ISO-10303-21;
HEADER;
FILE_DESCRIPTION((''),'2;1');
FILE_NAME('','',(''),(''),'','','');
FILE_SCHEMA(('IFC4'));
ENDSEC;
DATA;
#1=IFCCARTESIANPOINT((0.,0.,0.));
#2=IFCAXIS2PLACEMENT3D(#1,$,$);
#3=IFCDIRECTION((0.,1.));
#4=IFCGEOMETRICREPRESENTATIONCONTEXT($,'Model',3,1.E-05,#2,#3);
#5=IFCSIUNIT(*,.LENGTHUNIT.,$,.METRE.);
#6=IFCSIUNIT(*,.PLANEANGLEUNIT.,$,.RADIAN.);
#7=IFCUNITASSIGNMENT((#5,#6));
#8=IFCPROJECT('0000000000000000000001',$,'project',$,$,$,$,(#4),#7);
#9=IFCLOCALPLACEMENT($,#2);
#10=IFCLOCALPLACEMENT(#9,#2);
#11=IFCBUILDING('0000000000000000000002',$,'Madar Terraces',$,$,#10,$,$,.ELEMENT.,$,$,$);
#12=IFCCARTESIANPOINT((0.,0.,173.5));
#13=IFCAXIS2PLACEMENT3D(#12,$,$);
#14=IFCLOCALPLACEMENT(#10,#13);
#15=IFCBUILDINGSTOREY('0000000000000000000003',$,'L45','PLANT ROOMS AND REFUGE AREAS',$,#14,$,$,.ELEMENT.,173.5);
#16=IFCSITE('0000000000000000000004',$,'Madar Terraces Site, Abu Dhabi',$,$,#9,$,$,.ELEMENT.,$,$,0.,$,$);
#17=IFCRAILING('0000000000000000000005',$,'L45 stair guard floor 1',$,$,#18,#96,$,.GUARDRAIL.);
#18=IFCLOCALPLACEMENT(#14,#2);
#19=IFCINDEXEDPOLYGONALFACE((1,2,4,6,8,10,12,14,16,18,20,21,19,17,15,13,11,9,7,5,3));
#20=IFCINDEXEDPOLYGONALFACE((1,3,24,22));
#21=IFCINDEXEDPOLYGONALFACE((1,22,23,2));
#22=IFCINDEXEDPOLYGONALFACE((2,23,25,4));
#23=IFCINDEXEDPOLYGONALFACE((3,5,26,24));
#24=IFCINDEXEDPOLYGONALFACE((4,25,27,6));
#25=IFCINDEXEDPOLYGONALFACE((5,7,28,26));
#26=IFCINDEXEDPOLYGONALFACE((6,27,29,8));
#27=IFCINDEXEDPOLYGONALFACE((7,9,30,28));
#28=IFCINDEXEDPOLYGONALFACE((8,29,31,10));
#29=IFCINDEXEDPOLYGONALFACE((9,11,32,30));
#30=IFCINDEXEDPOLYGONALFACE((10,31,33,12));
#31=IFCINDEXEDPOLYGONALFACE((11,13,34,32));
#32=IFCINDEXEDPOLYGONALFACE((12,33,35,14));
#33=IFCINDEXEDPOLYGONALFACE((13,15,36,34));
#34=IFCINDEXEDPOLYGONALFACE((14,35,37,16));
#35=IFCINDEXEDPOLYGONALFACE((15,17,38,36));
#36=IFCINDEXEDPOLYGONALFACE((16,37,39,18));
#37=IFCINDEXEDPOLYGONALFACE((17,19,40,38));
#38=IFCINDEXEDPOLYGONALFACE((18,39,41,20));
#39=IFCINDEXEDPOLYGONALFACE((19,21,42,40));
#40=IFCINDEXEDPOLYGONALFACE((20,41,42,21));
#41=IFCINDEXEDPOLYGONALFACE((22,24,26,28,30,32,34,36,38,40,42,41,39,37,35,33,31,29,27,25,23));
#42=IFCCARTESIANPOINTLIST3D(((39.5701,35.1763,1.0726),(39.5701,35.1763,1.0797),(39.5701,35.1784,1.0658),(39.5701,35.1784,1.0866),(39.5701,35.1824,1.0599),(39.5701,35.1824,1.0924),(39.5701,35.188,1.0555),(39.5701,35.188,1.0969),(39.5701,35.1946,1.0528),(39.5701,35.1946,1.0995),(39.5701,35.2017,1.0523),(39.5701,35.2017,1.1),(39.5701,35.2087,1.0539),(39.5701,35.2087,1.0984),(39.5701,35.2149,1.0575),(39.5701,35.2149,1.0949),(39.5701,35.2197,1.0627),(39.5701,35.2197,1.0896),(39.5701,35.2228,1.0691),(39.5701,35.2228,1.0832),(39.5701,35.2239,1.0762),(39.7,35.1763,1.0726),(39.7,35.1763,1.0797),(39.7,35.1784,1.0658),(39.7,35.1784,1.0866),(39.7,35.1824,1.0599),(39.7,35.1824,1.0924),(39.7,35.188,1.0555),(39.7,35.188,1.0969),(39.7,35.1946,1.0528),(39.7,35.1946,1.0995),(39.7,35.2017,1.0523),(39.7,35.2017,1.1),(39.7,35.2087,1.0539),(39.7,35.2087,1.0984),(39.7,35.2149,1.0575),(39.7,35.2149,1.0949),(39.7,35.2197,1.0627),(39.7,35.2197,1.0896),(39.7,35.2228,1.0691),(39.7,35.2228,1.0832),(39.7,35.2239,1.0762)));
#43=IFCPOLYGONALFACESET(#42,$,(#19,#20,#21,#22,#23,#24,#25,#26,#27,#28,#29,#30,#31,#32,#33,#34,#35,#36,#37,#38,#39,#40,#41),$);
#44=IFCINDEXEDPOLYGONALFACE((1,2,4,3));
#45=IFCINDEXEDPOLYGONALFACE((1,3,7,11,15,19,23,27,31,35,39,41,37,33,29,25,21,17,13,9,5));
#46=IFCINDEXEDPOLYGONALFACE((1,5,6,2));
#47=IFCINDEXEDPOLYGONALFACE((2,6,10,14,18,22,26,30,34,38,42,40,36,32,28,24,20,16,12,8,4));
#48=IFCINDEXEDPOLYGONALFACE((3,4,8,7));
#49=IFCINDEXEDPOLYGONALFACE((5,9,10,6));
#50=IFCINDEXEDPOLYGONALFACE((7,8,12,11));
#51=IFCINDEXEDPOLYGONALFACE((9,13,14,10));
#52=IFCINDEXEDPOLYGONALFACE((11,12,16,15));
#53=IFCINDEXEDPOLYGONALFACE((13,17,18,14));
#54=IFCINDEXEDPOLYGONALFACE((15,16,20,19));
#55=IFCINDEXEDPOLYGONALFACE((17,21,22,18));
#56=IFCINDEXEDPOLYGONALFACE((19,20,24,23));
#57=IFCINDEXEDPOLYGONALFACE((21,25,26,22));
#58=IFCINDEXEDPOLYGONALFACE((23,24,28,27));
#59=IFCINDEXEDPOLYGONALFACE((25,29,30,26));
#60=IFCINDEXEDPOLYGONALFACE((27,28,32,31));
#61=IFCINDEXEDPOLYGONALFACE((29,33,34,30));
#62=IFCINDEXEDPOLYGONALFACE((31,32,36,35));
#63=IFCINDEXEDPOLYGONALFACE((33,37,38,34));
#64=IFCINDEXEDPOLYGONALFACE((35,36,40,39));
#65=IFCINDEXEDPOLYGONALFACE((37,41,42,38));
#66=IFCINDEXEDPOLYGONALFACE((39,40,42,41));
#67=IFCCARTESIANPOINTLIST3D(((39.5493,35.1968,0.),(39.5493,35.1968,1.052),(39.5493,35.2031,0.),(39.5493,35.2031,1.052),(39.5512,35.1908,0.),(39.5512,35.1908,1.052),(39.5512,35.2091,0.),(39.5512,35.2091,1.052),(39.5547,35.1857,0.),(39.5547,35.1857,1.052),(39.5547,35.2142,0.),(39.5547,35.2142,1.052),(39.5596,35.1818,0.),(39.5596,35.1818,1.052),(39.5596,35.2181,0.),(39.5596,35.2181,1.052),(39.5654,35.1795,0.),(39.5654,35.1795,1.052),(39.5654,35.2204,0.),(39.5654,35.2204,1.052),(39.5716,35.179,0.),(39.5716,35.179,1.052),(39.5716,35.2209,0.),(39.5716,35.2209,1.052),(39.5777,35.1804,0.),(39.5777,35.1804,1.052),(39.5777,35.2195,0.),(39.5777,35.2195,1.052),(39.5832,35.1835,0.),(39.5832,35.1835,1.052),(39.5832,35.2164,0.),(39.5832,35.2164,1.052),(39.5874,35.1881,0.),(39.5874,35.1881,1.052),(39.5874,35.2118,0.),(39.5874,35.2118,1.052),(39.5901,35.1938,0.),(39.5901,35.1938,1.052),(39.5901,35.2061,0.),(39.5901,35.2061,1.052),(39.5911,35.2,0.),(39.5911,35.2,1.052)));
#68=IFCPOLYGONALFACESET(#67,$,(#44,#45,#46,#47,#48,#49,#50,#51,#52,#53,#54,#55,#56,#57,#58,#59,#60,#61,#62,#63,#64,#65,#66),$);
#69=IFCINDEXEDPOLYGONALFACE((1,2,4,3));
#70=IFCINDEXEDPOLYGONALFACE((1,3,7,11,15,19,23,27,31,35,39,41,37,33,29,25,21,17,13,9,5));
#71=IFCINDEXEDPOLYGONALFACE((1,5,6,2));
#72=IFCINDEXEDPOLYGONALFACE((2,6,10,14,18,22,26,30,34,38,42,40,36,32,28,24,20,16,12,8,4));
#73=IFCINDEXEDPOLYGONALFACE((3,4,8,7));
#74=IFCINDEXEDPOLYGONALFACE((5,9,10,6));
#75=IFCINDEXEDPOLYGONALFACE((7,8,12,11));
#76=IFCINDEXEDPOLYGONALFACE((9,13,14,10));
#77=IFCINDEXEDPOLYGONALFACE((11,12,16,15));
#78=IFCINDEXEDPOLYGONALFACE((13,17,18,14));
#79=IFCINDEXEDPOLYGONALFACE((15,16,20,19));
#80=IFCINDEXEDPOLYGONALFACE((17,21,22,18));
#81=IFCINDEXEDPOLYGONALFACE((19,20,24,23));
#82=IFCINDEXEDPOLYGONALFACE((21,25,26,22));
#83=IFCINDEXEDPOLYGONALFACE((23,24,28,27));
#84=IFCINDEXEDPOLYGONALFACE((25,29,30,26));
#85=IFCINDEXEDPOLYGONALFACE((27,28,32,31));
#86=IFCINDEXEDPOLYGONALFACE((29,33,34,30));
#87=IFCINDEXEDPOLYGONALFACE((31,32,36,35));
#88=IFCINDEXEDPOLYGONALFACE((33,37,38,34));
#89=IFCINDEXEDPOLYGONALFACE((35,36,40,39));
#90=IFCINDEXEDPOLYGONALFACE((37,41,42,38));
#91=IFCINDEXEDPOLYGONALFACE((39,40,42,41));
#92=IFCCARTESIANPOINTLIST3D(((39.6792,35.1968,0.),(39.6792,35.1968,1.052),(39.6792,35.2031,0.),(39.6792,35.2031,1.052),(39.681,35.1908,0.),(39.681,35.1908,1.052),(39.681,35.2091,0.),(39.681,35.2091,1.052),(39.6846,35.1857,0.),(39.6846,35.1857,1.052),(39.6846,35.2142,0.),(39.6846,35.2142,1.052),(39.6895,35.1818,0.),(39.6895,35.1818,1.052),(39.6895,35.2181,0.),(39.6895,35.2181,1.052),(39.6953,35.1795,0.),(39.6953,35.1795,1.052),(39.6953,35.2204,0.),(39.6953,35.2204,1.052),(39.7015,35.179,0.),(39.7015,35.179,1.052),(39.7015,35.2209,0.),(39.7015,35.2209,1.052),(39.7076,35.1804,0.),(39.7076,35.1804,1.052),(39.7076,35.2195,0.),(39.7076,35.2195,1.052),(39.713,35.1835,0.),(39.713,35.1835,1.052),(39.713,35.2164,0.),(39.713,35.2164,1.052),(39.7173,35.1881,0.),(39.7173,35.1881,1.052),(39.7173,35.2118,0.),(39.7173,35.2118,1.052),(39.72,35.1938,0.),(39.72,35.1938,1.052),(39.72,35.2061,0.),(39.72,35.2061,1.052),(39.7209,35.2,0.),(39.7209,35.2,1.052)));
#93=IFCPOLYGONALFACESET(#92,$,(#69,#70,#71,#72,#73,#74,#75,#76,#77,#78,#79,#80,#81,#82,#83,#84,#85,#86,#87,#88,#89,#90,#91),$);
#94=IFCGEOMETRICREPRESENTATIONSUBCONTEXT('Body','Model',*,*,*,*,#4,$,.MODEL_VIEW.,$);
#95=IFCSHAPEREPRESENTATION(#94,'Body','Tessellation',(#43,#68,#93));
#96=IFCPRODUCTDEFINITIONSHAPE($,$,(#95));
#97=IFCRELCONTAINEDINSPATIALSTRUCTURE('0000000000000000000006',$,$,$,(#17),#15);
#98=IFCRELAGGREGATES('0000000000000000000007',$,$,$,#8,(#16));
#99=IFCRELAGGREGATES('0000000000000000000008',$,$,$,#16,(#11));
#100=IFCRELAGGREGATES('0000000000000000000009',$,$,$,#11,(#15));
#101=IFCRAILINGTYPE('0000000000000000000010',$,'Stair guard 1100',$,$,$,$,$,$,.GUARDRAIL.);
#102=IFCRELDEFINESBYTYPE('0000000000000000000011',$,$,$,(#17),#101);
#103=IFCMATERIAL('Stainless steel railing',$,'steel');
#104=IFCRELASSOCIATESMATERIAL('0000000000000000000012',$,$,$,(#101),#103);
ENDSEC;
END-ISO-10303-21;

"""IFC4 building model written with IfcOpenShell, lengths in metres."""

from ifc_helpers import new_model, si_unit, direction, frame, origin, origin_2d, place, context, subcontext, project, spatial, circle, extrude, material, type_object, element, save


model = new_model("IFC4")

# Units and contexts
model_context = context("Model", 3, precision=1e-05, world=origin(), true_north=direction((0.0, 1.0)))
body_context = subcontext(model_context, "Body", "Model", "MODEL_VIEW")
ifc_project = project(units=[si_unit("LENGTHUNIT", "METRE"), si_unit("PLANEANGLEUNIT", "RADIAN")], contexts=[model_context])

# Site, building, storey
site_placement = place(None, origin())
site = spatial("IfcSite", under=ifc_project, at=site_placement, Name="Madar Terraces Site, Abu Dhabi", CompositionType="ELEMENT", RefElevation=0.0)
building_placement = place(site_placement, origin())
building = spatial("IfcBuilding", under=site, at=building_placement, Name="Madar Terraces", CompositionType="ELEMENT")
storey_placement = place(building_placement, frame((0.0, 0.0, 173.5)))
storey = spatial("IfcBuildingStorey", under=building, at=storey_placement, Name="L45", Description="PLANT ROOMS AND REFUGE AREAS", CompositionType="ELEMENT", Elevation=173.5)

# Railing
ifc_material_1 = material(Name="Stainless steel railing", Category="steel")
railing_type_1 = type_object("IfcRailingType", Name="Stair guard 1100", PredefinedType="GUARDRAIL", material=ifc_material_1)
for number, where, name in (
    (1, (39.5701, 35.2, 0.0), "L45 stair guard floor 1"),
):
    element("IfcRailing", number, at=place(storey_placement, frame(where)), inside=storey, type_object=railing_type_1, Name=name, PredefinedType="GUARDRAIL", context=body_context, shape_type="SweptSolid", body=[
        extrude(circle(Radius=0.0239, at=origin_2d()), frame((0.0, 0.0, 1.0762), z_axis=(1.0, 0.0, 0.0), x_axis=(0.0, 1.0, 0.0)), (0.0, 0.0, 1.0), 0.1299),
        extrude(circle(Radius=0.021, at=origin_2d()), origin(), (0.0, 0.0, 1.0), 1.052),
        extrude(circle(Radius=0.021, at=origin_2d()), frame((0.1299, 0.0, 0.0)), (0.0, 0.0, 1.0), 1.052),
    ])

save(model, "model.ifc")
